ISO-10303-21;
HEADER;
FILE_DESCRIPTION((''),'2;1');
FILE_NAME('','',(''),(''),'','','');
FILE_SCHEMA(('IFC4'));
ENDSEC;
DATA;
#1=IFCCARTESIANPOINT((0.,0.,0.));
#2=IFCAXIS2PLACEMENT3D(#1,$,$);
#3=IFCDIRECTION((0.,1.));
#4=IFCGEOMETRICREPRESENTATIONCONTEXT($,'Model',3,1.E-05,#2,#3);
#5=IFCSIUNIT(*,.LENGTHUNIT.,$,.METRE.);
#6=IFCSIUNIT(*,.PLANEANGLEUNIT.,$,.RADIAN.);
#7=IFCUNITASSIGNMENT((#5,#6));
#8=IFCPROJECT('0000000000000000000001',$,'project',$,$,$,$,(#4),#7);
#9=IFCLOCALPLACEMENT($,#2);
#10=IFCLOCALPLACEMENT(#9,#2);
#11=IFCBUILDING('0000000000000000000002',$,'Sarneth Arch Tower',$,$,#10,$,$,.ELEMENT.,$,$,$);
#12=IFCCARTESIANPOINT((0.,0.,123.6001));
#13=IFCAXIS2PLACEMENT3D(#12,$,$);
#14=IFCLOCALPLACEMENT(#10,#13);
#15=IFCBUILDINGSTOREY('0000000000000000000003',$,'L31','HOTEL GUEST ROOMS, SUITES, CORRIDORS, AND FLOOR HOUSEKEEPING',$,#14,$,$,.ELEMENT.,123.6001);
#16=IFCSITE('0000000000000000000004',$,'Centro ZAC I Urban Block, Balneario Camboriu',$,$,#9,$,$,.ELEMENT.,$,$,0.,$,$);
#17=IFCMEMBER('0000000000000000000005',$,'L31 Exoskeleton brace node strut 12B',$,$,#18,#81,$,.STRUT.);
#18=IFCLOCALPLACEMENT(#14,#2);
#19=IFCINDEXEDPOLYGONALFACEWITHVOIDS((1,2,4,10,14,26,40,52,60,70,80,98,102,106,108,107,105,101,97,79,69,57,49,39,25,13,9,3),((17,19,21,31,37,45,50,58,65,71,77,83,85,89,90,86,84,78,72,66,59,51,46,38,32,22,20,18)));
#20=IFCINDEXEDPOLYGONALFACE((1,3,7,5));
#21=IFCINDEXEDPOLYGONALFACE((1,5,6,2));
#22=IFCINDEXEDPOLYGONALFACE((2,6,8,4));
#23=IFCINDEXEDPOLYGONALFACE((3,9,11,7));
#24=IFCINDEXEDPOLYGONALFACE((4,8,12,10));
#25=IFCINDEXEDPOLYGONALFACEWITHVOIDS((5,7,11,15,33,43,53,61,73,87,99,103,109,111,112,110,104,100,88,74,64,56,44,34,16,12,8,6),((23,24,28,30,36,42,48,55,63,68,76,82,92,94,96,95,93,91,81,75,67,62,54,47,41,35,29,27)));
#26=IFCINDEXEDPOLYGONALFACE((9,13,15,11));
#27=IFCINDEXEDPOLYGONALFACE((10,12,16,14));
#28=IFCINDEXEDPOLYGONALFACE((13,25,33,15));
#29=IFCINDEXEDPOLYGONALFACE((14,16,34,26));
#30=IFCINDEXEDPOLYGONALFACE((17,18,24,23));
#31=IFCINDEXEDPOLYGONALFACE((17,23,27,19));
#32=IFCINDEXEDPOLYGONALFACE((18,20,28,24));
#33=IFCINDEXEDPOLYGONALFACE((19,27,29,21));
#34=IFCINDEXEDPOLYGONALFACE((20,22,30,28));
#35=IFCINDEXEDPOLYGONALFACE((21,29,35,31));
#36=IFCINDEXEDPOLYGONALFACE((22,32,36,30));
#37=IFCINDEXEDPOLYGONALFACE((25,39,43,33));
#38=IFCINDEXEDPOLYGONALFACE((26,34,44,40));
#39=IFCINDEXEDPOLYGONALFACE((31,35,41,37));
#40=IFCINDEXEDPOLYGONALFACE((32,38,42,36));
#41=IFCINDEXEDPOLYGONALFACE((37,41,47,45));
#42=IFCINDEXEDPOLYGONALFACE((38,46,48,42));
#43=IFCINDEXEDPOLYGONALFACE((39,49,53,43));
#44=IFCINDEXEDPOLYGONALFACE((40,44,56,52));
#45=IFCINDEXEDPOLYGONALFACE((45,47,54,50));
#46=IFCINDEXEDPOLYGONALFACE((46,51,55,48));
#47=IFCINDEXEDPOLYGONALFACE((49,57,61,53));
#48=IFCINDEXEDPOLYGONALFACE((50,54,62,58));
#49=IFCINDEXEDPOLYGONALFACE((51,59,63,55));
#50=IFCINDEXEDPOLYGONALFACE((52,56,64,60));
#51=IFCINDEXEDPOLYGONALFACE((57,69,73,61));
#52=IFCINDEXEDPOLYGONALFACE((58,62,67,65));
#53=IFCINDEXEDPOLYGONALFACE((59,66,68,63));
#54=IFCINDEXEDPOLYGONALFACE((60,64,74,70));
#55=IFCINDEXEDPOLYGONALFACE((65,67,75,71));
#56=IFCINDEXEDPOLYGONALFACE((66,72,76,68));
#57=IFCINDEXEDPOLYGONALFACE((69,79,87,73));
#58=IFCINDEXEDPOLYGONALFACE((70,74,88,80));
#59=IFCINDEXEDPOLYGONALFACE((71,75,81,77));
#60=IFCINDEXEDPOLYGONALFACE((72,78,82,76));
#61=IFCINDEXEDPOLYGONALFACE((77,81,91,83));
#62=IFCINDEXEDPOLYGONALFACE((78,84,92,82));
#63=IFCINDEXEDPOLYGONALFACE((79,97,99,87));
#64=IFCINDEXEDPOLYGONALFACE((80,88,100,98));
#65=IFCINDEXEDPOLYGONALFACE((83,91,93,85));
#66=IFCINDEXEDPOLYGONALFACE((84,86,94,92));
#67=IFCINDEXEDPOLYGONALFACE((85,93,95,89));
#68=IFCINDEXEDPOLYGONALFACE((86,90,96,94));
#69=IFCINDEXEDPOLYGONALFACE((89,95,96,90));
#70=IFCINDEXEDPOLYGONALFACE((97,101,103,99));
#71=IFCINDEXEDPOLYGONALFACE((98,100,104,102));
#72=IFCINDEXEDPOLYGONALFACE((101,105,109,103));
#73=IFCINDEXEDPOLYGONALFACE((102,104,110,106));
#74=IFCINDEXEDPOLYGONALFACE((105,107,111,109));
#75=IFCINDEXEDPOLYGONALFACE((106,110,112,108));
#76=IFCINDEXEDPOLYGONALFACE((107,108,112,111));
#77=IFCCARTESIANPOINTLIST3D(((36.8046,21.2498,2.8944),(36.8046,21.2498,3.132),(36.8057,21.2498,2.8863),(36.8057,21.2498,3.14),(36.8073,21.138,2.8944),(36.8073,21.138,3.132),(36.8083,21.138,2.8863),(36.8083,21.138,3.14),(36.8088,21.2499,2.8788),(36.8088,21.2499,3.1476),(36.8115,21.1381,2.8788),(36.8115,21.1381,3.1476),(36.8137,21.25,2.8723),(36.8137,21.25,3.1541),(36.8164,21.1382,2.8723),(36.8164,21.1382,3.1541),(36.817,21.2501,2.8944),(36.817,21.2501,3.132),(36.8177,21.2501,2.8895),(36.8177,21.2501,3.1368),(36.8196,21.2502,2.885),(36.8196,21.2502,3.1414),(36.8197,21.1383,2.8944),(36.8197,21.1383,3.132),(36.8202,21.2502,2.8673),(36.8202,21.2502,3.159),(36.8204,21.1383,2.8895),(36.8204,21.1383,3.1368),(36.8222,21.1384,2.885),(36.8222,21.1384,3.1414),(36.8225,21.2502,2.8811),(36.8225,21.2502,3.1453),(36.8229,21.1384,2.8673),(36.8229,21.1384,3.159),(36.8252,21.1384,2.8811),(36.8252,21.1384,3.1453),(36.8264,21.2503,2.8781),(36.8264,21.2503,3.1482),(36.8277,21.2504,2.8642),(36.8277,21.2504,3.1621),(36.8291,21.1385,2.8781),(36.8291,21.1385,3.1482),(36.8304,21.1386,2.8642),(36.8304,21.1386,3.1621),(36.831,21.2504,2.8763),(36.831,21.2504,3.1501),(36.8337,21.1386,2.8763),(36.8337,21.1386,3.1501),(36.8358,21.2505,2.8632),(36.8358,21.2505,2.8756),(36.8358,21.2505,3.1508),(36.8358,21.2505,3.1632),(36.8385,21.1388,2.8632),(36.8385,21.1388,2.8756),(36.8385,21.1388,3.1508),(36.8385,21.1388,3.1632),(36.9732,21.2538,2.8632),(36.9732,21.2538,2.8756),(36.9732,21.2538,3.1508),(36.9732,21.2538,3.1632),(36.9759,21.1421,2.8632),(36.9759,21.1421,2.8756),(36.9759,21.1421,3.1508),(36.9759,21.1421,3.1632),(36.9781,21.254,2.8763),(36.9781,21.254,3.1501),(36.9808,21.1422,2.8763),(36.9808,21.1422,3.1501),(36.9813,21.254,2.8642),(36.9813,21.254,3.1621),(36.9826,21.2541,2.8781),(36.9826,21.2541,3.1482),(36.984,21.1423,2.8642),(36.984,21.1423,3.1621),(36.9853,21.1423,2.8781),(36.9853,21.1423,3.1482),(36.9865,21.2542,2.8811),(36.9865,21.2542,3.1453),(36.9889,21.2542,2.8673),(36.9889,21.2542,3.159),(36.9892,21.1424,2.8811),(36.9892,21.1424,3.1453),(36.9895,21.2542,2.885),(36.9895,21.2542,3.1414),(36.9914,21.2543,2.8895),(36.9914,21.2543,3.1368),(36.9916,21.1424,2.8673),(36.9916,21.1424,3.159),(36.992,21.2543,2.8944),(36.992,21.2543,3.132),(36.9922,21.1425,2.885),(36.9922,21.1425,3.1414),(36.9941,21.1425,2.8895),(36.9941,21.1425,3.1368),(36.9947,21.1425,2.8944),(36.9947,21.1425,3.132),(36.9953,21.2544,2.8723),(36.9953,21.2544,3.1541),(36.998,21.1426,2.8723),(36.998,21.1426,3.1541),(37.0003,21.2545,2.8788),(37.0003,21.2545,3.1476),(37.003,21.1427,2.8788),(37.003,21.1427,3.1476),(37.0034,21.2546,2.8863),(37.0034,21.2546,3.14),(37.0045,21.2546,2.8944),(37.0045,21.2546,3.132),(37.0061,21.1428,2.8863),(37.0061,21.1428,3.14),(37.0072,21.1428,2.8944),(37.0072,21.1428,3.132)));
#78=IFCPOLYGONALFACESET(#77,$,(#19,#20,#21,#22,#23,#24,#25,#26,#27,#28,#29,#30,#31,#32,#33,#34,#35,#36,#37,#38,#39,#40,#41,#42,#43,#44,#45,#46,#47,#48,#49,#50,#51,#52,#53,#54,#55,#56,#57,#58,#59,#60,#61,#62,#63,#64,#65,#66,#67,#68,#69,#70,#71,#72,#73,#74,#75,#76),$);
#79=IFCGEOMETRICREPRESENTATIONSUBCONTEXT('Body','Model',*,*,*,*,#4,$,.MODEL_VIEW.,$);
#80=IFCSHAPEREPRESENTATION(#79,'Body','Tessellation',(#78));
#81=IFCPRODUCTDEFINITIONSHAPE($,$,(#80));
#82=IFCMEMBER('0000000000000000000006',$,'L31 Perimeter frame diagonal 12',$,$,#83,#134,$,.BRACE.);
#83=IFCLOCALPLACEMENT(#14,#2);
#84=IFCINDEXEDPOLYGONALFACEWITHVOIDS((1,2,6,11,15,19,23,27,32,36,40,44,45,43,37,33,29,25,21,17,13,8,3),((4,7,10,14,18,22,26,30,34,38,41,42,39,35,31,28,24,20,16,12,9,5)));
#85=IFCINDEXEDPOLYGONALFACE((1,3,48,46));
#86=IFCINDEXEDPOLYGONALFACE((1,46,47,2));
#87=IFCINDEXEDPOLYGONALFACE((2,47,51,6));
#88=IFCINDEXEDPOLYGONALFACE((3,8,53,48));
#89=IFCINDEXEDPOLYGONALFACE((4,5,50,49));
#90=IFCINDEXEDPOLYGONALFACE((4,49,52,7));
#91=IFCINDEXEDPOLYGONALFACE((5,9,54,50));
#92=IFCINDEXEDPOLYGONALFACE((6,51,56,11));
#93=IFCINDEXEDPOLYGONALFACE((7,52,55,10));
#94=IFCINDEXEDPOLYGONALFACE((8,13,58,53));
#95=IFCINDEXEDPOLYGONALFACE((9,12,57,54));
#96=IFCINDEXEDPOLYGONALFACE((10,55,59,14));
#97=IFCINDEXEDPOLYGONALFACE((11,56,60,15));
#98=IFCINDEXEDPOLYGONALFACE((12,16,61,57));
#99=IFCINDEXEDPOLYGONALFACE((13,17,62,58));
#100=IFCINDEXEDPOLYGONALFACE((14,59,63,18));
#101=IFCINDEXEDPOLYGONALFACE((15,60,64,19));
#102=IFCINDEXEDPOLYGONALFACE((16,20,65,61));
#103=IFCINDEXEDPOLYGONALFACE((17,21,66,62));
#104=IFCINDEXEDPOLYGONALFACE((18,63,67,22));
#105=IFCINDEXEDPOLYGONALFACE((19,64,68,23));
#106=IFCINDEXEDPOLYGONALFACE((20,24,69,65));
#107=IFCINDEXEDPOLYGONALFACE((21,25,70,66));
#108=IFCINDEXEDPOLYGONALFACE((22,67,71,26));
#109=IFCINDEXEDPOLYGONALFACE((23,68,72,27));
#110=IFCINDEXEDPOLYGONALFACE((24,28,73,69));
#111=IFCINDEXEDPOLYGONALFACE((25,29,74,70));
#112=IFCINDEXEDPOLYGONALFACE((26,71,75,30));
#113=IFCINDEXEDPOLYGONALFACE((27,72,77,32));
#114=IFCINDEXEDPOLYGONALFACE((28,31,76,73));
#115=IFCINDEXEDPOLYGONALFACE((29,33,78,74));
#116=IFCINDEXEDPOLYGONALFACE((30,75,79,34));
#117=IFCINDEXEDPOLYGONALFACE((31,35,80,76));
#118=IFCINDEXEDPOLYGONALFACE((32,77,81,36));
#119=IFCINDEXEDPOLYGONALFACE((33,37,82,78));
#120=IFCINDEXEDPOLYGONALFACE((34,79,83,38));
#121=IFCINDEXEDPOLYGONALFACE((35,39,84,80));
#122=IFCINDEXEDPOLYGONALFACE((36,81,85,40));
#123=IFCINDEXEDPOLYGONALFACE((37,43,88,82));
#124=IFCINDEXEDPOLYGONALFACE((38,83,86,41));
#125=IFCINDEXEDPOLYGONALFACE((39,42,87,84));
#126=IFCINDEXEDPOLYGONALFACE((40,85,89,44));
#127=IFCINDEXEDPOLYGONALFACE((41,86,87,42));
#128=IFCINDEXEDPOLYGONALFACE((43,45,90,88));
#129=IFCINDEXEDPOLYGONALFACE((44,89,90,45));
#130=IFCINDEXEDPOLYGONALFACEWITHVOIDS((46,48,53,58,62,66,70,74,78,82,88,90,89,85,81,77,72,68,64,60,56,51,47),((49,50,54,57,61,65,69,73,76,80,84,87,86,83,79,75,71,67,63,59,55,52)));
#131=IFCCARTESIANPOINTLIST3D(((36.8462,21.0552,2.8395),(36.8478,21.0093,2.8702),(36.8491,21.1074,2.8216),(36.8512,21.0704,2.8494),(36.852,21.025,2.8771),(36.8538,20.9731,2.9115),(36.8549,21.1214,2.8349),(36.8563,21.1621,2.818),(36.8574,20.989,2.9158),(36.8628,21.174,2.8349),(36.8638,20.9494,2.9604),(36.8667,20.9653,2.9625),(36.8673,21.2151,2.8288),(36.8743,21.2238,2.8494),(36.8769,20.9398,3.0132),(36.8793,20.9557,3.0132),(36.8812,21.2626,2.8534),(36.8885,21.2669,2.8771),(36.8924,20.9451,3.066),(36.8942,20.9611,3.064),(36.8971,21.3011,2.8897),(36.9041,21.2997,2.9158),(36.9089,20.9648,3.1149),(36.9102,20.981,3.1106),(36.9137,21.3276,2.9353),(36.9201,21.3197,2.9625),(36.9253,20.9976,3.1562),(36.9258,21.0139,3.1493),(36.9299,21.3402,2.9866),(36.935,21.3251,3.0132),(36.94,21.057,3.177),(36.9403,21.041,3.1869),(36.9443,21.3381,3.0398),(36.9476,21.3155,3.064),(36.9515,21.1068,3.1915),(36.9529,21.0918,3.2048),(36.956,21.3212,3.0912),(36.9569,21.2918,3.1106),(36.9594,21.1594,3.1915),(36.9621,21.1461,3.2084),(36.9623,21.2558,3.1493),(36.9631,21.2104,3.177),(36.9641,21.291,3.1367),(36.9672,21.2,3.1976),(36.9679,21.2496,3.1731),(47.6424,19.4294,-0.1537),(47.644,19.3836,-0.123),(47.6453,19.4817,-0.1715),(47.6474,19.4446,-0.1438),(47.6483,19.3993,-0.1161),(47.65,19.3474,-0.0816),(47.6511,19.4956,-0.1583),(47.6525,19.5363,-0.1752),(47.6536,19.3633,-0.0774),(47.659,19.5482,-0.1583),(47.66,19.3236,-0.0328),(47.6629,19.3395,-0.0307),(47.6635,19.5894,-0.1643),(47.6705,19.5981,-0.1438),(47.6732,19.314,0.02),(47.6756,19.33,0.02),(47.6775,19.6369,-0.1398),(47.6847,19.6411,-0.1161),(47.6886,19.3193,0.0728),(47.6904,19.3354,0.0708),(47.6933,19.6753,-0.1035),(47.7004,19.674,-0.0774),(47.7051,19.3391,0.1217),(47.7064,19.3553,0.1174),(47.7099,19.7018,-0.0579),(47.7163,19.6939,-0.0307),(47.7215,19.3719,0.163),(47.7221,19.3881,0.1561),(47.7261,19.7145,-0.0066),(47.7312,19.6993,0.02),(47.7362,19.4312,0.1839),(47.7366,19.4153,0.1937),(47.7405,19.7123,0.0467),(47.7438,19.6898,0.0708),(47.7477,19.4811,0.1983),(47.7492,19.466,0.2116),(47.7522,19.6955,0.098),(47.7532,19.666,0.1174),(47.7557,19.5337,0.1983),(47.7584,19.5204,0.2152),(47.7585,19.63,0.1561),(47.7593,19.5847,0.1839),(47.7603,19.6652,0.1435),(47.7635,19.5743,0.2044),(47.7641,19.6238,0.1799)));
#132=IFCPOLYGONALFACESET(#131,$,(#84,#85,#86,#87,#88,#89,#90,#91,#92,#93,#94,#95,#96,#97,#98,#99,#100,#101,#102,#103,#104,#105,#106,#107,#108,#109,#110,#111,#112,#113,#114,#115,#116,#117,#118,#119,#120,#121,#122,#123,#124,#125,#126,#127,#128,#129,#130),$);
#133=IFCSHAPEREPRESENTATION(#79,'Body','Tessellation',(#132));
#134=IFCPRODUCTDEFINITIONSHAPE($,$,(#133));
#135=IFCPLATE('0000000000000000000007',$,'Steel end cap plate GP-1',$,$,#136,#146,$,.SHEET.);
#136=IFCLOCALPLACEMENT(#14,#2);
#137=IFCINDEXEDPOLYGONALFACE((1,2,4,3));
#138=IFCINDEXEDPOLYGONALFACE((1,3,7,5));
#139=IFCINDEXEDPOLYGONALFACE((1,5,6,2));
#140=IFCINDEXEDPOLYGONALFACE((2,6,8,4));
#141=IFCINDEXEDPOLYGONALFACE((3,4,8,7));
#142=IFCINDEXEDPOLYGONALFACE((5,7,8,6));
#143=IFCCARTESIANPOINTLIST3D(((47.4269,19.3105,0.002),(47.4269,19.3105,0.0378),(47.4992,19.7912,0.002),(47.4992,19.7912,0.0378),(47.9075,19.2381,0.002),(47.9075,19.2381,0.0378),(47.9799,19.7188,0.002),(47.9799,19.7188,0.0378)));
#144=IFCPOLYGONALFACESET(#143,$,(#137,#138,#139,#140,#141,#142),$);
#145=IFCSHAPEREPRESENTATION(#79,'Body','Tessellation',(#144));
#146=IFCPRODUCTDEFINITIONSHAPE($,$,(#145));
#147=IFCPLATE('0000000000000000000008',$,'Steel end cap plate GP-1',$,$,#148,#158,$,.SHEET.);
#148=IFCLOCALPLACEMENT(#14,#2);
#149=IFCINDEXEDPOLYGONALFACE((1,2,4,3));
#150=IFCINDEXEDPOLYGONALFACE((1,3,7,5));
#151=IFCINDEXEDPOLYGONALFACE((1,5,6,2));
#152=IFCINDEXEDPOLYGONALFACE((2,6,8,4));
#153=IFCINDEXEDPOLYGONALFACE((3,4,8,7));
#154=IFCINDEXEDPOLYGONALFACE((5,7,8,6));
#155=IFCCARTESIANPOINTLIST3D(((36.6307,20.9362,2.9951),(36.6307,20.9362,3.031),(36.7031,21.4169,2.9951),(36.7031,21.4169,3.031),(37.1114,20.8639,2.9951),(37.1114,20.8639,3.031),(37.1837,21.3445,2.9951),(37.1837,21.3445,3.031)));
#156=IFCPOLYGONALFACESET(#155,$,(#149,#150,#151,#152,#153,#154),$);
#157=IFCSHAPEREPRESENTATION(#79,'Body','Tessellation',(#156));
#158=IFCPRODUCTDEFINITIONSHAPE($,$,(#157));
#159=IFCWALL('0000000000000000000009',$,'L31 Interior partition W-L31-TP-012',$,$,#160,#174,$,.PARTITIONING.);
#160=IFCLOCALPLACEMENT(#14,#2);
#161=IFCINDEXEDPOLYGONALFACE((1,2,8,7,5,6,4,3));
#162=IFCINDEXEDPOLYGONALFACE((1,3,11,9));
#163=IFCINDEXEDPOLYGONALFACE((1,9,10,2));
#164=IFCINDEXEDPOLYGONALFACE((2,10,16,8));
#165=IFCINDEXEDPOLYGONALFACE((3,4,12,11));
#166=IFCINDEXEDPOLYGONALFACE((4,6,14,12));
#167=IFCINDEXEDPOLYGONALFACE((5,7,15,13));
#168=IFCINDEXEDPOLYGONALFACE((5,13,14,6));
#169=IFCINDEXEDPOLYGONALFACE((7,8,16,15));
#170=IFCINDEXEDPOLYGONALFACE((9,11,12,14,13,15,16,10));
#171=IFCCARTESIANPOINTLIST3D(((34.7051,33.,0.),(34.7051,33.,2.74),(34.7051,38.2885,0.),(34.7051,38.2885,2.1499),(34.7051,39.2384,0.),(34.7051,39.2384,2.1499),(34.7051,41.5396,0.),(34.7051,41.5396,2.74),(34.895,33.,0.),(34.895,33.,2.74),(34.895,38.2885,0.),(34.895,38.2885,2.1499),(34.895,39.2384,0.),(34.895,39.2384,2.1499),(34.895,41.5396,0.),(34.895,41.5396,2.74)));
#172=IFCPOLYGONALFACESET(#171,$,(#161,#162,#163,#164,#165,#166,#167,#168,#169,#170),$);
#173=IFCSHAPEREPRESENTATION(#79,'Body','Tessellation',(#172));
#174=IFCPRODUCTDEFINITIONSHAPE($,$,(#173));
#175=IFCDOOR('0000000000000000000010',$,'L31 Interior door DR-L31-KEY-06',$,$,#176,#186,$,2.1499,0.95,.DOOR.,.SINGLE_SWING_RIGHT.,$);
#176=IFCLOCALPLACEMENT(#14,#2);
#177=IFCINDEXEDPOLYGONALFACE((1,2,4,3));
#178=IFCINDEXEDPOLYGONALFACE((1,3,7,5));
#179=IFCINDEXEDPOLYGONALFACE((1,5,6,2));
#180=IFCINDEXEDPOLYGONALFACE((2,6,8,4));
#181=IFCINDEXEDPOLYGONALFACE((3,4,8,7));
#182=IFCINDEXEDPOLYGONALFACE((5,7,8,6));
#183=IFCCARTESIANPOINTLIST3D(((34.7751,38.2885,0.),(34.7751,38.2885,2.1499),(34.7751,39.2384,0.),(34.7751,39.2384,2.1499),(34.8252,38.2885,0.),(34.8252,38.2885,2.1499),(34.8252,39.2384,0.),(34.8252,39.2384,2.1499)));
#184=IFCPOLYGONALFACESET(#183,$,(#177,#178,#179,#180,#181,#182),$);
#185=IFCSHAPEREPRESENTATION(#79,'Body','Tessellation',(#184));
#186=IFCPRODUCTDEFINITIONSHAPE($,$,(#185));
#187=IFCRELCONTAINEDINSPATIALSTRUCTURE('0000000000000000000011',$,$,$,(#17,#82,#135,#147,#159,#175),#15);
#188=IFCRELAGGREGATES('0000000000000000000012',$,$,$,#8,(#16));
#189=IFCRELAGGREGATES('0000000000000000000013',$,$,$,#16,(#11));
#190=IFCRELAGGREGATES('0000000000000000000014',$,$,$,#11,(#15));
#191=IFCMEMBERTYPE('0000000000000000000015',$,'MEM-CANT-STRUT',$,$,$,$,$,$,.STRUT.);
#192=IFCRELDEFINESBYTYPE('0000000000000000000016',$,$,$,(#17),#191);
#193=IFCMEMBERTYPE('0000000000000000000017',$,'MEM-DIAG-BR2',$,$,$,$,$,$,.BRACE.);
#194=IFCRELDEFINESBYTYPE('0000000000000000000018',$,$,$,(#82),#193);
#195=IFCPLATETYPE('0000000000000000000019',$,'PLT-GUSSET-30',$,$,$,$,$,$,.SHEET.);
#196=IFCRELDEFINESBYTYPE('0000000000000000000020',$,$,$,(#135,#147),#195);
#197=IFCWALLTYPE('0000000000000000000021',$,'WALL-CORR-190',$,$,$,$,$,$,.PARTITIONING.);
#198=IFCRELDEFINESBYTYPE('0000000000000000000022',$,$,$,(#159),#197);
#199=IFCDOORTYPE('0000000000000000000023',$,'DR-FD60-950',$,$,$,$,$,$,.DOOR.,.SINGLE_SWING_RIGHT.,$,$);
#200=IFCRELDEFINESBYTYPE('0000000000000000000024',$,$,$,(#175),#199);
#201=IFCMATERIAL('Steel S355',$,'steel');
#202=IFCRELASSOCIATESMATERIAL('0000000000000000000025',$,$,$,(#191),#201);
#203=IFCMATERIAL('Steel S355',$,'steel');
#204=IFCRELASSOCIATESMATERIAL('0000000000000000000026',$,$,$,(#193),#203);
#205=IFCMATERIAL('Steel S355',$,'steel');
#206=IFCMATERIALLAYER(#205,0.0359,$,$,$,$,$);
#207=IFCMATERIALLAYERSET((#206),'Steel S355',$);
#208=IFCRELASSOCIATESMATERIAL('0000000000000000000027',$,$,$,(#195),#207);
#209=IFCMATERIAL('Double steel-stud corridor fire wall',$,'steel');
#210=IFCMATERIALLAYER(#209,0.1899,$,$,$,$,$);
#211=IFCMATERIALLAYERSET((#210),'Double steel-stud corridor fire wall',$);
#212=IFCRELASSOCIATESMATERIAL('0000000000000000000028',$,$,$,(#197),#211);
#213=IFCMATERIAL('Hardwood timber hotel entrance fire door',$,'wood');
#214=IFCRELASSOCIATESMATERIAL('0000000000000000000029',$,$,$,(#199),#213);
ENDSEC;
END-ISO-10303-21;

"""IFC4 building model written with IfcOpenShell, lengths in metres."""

from ifc_helpers import new_model, si_unit, direction, frame, frame_2d, origin, origin_2d, place, context, subcontext, project, spatial, rectangle, hollow_rectangle, hollow_circle, extrude, material, layer, layer_set, material_profile, profile_set, type_object, element, fill, save


model = new_model("IFC4")

# Units and contexts
model_context = context("Model", 3, precision=1e-05, world=origin(), true_north=direction((0.0, 1.0)))
body_context = subcontext(model_context, "Body", "Model", "MODEL_VIEW")
ifc_project = project(units=[si_unit("LENGTHUNIT", "METRE"), si_unit("PLANEANGLEUNIT", "RADIAN")], contexts=[model_context])

# Site, building, storey
site_placement = place(None, origin())
site = spatial("IfcSite", under=ifc_project, at=site_placement, Name="Centro ZAC I Urban Block, Balneario Camboriu", CompositionType="ELEMENT", RefElevation=0.0)
building_placement = place(site_placement, origin())
building = spatial("IfcBuilding", under=site, at=building_placement, Name="Sarneth Arch Tower", CompositionType="ELEMENT")
storey_placement = place(building_placement, frame((0.0, 0.0, 123.6001)))
storey = spatial("IfcBuildingStorey", under=building, at=storey_placement, Name="L31", Description="HOTEL GUEST ROOMS, SUITES, CORRIDORS, AND FLOOR HOUSEKEEPING", CompositionType="ELEMENT", Elevation=123.6001)

# Members
ifc_material_1 = material(Name="Steel S355", Category="steel")
ifc_material_profile_1 = material_profile(ifc_material_1, hollow_rectangle(XDim=0.2, YDim=0.3, WallThickness=0.0125, InnerFilletRadius=0.0188, OuterFilletRadius=0.0312, at=origin_2d()), Name="RHS300x200x12.5")
ifc_profile_set_1 = profile_set([ifc_material_profile_1], Name="Steel S355")
member_type_1 = type_object("IfcMemberType", Name="MEM-CANT-STRUT", PredefinedType="STRUT", material=ifc_profile_set_1)
member_1_placement = place(storey_placement, frame((36.9045, 21.2522, 3.0132), z_axis=(0.024011, -0.999712, 0.0), x_axis=(0.999712, 0.024011, 0.0)))
element("IfcMember", 1, at=member_1_placement, inside=storey, type_object=member_type_1, Name="L31 Exoskeleton brace node strut 12B", PredefinedType="STRUT", context=body_context, shape_type="SweptSolid", body=[
    extrude(hollow_rectangle(XDim=0.2, YDim=0.3, WallThickness=0.0125, InnerFilletRadius=0.0188, OuterFilletRadius=0.0312, at=origin_2d()), origin(), (0.0, 0.0, 1.0), 0.1118),
])
ifc_material_2 = material(Name="Steel S355", Category="steel")
ifc_material_profile_2 = material_profile(ifc_material_2, hollow_circle(Radius=0.2029, WallThickness=0.0161, at=origin_2d()), Name="CHS406x16")
ifc_profile_set_2 = profile_set([ifc_material_profile_2], Name="Steel S355")
member_type_2 = type_object("IfcMemberType", Name="MEM-DIAG-BR2", PredefinedType="BRACE", material=ifc_profile_set_2)
member_2_placement = place(storey_placement, frame((47.7034, 19.5146, 0.02), z_axis=(-0.953662, 0.143607, 0.264397), x_axis=(-0.148906, -0.988851, 0.0)))
element("IfcMember", 2, at=member_2_placement, inside=storey, type_object=member_type_2, Name="L31 Perimeter frame diagonal 12", PredefinedType="BRACE", context=body_context, shape_type="SweptSolid", body=[
    extrude(hollow_circle(Radius=0.2029, WallThickness=0.0161, at=origin_2d()), origin(), (0.0, 0.0, 1.0), 11.3208),
])

# Plates
ifc_material_3 = material(Name="Steel S355", Category="steel")
ifc_layer_1 = layer(ifc_material_3, 0.0359)
ifc_layer_set_1 = layer_set([ifc_layer_1], Name="Steel S355")
plate_type = type_object("IfcPlateType", Name="PLT-GUSSET-30", PredefinedType="SHEET", material=ifc_layer_set_1)
for number, where, z_axis, x_axis, name in (
    (3, (47.7034, 19.5146, 0.002), (0.0, 0.0, 1.0), (0.988861, -0.148845, 0.0), "Steel end cap plate GP-1"),
    (4, (36.9072, 21.1404, 2.9951), (0.0, 0.0, 1.0), (0.988861, -0.148845, 0.0), "Steel end cap plate GP-1"),
):
    element("IfcPlate", number, at=place(storey_placement, frame(where, z_axis=z_axis, x_axis=x_axis)), inside=storey, type_object=plate_type, Name=name, PredefinedType="SHEET", context=body_context, shape_type="SweptSolid", body=[
        extrude(rectangle(XDim=0.4861, YDim=0.4861, at=origin_2d()), origin(), (0.0, 0.0, 1.0), 0.0359),
    ])

# Wall, opening, door
ifc_material_4 = material(Name="Double steel-stud corridor fire wall", Category="steel")
ifc_layer_2 = layer(ifc_material_4, 0.1899)
ifc_layer_set_2 = layer_set([ifc_layer_2], Name="Double steel-stud corridor fire wall")
wall_type_1 = type_object("IfcWallType", Name="WALL-CORR-190", PredefinedType="PARTITIONING", material=ifc_layer_set_2)
wall_1_placement = place(storey_placement, frame((34.8, 33.0, 0.0), z_axis=(0.0, 0.0, 1.0), x_axis=(0.0, 1.0, 0.0)))
wall_1 = element("IfcWall", 5, at=wall_1_placement, inside=storey, type_object=wall_type_1, Name="L31 Interior partition W-L31-TP-012", PredefinedType="PARTITIONING", context=body_context, shape_type="SweptSolid", body=[
    extrude(rectangle(XDim=8.5396, YDim=0.1899, at=frame_2d((4.2698, 0.0))), origin(), (0.0, 0.0, 1.0), 2.74),
])
opening_1_placement = place(wall_1_placement, frame((5.2883, 0.0, 0.0)))
opening_1 = element("IfcOpeningElement", 6, at=opening_1_placement, cuts=wall_1, PredefinedType="OPENING", context=body_context, shape_type="SweptSolid", body=[
    extrude(rectangle(XDim=0.95, YDim=2.1499, at=frame_2d((0.4751, 1.075))), frame((0.0, 0.105, 0.0), z_axis=(0.0, -1.0, 0.0), x_axis=(1.0, 0.0, 0.0)), (0.0, 0.0, 1.0), 0.21),
])
ifc_material_5 = material(Name="Hardwood timber hotel entrance fire door", Category="wood")
door_type_1 = type_object("IfcDoorType", Name="DR-FD60-950", OperationType="SINGLE_SWING_RIGHT", PredefinedType="DOOR", material=ifc_material_5)
door_1_placement = place(opening_1_placement, origin())
door_1 = element("IfcDoor", 7, at=door_1_placement, inside=storey, type_object=door_type_1, Name="L31 Interior door DR-L31-KEY-06", OperationType="SINGLE_SWING_RIGHT", OverallHeight=2.1499, OverallWidth=0.95, PredefinedType="DOOR", context=body_context, shape_type="SweptSolid", body=[
    extrude(rectangle(XDim=0.95, YDim=2.1499, at=frame_2d((0.4751, 1.075))), frame((0.0, 0.0249, 0.0), z_axis=(0.0, -1.0, 0.0), x_axis=(1.0, 0.0, 0.0)), (0.0, 0.0, 1.0), 0.05),
])
fill(opening_1, door_1)

save(model, "model.ifc")
